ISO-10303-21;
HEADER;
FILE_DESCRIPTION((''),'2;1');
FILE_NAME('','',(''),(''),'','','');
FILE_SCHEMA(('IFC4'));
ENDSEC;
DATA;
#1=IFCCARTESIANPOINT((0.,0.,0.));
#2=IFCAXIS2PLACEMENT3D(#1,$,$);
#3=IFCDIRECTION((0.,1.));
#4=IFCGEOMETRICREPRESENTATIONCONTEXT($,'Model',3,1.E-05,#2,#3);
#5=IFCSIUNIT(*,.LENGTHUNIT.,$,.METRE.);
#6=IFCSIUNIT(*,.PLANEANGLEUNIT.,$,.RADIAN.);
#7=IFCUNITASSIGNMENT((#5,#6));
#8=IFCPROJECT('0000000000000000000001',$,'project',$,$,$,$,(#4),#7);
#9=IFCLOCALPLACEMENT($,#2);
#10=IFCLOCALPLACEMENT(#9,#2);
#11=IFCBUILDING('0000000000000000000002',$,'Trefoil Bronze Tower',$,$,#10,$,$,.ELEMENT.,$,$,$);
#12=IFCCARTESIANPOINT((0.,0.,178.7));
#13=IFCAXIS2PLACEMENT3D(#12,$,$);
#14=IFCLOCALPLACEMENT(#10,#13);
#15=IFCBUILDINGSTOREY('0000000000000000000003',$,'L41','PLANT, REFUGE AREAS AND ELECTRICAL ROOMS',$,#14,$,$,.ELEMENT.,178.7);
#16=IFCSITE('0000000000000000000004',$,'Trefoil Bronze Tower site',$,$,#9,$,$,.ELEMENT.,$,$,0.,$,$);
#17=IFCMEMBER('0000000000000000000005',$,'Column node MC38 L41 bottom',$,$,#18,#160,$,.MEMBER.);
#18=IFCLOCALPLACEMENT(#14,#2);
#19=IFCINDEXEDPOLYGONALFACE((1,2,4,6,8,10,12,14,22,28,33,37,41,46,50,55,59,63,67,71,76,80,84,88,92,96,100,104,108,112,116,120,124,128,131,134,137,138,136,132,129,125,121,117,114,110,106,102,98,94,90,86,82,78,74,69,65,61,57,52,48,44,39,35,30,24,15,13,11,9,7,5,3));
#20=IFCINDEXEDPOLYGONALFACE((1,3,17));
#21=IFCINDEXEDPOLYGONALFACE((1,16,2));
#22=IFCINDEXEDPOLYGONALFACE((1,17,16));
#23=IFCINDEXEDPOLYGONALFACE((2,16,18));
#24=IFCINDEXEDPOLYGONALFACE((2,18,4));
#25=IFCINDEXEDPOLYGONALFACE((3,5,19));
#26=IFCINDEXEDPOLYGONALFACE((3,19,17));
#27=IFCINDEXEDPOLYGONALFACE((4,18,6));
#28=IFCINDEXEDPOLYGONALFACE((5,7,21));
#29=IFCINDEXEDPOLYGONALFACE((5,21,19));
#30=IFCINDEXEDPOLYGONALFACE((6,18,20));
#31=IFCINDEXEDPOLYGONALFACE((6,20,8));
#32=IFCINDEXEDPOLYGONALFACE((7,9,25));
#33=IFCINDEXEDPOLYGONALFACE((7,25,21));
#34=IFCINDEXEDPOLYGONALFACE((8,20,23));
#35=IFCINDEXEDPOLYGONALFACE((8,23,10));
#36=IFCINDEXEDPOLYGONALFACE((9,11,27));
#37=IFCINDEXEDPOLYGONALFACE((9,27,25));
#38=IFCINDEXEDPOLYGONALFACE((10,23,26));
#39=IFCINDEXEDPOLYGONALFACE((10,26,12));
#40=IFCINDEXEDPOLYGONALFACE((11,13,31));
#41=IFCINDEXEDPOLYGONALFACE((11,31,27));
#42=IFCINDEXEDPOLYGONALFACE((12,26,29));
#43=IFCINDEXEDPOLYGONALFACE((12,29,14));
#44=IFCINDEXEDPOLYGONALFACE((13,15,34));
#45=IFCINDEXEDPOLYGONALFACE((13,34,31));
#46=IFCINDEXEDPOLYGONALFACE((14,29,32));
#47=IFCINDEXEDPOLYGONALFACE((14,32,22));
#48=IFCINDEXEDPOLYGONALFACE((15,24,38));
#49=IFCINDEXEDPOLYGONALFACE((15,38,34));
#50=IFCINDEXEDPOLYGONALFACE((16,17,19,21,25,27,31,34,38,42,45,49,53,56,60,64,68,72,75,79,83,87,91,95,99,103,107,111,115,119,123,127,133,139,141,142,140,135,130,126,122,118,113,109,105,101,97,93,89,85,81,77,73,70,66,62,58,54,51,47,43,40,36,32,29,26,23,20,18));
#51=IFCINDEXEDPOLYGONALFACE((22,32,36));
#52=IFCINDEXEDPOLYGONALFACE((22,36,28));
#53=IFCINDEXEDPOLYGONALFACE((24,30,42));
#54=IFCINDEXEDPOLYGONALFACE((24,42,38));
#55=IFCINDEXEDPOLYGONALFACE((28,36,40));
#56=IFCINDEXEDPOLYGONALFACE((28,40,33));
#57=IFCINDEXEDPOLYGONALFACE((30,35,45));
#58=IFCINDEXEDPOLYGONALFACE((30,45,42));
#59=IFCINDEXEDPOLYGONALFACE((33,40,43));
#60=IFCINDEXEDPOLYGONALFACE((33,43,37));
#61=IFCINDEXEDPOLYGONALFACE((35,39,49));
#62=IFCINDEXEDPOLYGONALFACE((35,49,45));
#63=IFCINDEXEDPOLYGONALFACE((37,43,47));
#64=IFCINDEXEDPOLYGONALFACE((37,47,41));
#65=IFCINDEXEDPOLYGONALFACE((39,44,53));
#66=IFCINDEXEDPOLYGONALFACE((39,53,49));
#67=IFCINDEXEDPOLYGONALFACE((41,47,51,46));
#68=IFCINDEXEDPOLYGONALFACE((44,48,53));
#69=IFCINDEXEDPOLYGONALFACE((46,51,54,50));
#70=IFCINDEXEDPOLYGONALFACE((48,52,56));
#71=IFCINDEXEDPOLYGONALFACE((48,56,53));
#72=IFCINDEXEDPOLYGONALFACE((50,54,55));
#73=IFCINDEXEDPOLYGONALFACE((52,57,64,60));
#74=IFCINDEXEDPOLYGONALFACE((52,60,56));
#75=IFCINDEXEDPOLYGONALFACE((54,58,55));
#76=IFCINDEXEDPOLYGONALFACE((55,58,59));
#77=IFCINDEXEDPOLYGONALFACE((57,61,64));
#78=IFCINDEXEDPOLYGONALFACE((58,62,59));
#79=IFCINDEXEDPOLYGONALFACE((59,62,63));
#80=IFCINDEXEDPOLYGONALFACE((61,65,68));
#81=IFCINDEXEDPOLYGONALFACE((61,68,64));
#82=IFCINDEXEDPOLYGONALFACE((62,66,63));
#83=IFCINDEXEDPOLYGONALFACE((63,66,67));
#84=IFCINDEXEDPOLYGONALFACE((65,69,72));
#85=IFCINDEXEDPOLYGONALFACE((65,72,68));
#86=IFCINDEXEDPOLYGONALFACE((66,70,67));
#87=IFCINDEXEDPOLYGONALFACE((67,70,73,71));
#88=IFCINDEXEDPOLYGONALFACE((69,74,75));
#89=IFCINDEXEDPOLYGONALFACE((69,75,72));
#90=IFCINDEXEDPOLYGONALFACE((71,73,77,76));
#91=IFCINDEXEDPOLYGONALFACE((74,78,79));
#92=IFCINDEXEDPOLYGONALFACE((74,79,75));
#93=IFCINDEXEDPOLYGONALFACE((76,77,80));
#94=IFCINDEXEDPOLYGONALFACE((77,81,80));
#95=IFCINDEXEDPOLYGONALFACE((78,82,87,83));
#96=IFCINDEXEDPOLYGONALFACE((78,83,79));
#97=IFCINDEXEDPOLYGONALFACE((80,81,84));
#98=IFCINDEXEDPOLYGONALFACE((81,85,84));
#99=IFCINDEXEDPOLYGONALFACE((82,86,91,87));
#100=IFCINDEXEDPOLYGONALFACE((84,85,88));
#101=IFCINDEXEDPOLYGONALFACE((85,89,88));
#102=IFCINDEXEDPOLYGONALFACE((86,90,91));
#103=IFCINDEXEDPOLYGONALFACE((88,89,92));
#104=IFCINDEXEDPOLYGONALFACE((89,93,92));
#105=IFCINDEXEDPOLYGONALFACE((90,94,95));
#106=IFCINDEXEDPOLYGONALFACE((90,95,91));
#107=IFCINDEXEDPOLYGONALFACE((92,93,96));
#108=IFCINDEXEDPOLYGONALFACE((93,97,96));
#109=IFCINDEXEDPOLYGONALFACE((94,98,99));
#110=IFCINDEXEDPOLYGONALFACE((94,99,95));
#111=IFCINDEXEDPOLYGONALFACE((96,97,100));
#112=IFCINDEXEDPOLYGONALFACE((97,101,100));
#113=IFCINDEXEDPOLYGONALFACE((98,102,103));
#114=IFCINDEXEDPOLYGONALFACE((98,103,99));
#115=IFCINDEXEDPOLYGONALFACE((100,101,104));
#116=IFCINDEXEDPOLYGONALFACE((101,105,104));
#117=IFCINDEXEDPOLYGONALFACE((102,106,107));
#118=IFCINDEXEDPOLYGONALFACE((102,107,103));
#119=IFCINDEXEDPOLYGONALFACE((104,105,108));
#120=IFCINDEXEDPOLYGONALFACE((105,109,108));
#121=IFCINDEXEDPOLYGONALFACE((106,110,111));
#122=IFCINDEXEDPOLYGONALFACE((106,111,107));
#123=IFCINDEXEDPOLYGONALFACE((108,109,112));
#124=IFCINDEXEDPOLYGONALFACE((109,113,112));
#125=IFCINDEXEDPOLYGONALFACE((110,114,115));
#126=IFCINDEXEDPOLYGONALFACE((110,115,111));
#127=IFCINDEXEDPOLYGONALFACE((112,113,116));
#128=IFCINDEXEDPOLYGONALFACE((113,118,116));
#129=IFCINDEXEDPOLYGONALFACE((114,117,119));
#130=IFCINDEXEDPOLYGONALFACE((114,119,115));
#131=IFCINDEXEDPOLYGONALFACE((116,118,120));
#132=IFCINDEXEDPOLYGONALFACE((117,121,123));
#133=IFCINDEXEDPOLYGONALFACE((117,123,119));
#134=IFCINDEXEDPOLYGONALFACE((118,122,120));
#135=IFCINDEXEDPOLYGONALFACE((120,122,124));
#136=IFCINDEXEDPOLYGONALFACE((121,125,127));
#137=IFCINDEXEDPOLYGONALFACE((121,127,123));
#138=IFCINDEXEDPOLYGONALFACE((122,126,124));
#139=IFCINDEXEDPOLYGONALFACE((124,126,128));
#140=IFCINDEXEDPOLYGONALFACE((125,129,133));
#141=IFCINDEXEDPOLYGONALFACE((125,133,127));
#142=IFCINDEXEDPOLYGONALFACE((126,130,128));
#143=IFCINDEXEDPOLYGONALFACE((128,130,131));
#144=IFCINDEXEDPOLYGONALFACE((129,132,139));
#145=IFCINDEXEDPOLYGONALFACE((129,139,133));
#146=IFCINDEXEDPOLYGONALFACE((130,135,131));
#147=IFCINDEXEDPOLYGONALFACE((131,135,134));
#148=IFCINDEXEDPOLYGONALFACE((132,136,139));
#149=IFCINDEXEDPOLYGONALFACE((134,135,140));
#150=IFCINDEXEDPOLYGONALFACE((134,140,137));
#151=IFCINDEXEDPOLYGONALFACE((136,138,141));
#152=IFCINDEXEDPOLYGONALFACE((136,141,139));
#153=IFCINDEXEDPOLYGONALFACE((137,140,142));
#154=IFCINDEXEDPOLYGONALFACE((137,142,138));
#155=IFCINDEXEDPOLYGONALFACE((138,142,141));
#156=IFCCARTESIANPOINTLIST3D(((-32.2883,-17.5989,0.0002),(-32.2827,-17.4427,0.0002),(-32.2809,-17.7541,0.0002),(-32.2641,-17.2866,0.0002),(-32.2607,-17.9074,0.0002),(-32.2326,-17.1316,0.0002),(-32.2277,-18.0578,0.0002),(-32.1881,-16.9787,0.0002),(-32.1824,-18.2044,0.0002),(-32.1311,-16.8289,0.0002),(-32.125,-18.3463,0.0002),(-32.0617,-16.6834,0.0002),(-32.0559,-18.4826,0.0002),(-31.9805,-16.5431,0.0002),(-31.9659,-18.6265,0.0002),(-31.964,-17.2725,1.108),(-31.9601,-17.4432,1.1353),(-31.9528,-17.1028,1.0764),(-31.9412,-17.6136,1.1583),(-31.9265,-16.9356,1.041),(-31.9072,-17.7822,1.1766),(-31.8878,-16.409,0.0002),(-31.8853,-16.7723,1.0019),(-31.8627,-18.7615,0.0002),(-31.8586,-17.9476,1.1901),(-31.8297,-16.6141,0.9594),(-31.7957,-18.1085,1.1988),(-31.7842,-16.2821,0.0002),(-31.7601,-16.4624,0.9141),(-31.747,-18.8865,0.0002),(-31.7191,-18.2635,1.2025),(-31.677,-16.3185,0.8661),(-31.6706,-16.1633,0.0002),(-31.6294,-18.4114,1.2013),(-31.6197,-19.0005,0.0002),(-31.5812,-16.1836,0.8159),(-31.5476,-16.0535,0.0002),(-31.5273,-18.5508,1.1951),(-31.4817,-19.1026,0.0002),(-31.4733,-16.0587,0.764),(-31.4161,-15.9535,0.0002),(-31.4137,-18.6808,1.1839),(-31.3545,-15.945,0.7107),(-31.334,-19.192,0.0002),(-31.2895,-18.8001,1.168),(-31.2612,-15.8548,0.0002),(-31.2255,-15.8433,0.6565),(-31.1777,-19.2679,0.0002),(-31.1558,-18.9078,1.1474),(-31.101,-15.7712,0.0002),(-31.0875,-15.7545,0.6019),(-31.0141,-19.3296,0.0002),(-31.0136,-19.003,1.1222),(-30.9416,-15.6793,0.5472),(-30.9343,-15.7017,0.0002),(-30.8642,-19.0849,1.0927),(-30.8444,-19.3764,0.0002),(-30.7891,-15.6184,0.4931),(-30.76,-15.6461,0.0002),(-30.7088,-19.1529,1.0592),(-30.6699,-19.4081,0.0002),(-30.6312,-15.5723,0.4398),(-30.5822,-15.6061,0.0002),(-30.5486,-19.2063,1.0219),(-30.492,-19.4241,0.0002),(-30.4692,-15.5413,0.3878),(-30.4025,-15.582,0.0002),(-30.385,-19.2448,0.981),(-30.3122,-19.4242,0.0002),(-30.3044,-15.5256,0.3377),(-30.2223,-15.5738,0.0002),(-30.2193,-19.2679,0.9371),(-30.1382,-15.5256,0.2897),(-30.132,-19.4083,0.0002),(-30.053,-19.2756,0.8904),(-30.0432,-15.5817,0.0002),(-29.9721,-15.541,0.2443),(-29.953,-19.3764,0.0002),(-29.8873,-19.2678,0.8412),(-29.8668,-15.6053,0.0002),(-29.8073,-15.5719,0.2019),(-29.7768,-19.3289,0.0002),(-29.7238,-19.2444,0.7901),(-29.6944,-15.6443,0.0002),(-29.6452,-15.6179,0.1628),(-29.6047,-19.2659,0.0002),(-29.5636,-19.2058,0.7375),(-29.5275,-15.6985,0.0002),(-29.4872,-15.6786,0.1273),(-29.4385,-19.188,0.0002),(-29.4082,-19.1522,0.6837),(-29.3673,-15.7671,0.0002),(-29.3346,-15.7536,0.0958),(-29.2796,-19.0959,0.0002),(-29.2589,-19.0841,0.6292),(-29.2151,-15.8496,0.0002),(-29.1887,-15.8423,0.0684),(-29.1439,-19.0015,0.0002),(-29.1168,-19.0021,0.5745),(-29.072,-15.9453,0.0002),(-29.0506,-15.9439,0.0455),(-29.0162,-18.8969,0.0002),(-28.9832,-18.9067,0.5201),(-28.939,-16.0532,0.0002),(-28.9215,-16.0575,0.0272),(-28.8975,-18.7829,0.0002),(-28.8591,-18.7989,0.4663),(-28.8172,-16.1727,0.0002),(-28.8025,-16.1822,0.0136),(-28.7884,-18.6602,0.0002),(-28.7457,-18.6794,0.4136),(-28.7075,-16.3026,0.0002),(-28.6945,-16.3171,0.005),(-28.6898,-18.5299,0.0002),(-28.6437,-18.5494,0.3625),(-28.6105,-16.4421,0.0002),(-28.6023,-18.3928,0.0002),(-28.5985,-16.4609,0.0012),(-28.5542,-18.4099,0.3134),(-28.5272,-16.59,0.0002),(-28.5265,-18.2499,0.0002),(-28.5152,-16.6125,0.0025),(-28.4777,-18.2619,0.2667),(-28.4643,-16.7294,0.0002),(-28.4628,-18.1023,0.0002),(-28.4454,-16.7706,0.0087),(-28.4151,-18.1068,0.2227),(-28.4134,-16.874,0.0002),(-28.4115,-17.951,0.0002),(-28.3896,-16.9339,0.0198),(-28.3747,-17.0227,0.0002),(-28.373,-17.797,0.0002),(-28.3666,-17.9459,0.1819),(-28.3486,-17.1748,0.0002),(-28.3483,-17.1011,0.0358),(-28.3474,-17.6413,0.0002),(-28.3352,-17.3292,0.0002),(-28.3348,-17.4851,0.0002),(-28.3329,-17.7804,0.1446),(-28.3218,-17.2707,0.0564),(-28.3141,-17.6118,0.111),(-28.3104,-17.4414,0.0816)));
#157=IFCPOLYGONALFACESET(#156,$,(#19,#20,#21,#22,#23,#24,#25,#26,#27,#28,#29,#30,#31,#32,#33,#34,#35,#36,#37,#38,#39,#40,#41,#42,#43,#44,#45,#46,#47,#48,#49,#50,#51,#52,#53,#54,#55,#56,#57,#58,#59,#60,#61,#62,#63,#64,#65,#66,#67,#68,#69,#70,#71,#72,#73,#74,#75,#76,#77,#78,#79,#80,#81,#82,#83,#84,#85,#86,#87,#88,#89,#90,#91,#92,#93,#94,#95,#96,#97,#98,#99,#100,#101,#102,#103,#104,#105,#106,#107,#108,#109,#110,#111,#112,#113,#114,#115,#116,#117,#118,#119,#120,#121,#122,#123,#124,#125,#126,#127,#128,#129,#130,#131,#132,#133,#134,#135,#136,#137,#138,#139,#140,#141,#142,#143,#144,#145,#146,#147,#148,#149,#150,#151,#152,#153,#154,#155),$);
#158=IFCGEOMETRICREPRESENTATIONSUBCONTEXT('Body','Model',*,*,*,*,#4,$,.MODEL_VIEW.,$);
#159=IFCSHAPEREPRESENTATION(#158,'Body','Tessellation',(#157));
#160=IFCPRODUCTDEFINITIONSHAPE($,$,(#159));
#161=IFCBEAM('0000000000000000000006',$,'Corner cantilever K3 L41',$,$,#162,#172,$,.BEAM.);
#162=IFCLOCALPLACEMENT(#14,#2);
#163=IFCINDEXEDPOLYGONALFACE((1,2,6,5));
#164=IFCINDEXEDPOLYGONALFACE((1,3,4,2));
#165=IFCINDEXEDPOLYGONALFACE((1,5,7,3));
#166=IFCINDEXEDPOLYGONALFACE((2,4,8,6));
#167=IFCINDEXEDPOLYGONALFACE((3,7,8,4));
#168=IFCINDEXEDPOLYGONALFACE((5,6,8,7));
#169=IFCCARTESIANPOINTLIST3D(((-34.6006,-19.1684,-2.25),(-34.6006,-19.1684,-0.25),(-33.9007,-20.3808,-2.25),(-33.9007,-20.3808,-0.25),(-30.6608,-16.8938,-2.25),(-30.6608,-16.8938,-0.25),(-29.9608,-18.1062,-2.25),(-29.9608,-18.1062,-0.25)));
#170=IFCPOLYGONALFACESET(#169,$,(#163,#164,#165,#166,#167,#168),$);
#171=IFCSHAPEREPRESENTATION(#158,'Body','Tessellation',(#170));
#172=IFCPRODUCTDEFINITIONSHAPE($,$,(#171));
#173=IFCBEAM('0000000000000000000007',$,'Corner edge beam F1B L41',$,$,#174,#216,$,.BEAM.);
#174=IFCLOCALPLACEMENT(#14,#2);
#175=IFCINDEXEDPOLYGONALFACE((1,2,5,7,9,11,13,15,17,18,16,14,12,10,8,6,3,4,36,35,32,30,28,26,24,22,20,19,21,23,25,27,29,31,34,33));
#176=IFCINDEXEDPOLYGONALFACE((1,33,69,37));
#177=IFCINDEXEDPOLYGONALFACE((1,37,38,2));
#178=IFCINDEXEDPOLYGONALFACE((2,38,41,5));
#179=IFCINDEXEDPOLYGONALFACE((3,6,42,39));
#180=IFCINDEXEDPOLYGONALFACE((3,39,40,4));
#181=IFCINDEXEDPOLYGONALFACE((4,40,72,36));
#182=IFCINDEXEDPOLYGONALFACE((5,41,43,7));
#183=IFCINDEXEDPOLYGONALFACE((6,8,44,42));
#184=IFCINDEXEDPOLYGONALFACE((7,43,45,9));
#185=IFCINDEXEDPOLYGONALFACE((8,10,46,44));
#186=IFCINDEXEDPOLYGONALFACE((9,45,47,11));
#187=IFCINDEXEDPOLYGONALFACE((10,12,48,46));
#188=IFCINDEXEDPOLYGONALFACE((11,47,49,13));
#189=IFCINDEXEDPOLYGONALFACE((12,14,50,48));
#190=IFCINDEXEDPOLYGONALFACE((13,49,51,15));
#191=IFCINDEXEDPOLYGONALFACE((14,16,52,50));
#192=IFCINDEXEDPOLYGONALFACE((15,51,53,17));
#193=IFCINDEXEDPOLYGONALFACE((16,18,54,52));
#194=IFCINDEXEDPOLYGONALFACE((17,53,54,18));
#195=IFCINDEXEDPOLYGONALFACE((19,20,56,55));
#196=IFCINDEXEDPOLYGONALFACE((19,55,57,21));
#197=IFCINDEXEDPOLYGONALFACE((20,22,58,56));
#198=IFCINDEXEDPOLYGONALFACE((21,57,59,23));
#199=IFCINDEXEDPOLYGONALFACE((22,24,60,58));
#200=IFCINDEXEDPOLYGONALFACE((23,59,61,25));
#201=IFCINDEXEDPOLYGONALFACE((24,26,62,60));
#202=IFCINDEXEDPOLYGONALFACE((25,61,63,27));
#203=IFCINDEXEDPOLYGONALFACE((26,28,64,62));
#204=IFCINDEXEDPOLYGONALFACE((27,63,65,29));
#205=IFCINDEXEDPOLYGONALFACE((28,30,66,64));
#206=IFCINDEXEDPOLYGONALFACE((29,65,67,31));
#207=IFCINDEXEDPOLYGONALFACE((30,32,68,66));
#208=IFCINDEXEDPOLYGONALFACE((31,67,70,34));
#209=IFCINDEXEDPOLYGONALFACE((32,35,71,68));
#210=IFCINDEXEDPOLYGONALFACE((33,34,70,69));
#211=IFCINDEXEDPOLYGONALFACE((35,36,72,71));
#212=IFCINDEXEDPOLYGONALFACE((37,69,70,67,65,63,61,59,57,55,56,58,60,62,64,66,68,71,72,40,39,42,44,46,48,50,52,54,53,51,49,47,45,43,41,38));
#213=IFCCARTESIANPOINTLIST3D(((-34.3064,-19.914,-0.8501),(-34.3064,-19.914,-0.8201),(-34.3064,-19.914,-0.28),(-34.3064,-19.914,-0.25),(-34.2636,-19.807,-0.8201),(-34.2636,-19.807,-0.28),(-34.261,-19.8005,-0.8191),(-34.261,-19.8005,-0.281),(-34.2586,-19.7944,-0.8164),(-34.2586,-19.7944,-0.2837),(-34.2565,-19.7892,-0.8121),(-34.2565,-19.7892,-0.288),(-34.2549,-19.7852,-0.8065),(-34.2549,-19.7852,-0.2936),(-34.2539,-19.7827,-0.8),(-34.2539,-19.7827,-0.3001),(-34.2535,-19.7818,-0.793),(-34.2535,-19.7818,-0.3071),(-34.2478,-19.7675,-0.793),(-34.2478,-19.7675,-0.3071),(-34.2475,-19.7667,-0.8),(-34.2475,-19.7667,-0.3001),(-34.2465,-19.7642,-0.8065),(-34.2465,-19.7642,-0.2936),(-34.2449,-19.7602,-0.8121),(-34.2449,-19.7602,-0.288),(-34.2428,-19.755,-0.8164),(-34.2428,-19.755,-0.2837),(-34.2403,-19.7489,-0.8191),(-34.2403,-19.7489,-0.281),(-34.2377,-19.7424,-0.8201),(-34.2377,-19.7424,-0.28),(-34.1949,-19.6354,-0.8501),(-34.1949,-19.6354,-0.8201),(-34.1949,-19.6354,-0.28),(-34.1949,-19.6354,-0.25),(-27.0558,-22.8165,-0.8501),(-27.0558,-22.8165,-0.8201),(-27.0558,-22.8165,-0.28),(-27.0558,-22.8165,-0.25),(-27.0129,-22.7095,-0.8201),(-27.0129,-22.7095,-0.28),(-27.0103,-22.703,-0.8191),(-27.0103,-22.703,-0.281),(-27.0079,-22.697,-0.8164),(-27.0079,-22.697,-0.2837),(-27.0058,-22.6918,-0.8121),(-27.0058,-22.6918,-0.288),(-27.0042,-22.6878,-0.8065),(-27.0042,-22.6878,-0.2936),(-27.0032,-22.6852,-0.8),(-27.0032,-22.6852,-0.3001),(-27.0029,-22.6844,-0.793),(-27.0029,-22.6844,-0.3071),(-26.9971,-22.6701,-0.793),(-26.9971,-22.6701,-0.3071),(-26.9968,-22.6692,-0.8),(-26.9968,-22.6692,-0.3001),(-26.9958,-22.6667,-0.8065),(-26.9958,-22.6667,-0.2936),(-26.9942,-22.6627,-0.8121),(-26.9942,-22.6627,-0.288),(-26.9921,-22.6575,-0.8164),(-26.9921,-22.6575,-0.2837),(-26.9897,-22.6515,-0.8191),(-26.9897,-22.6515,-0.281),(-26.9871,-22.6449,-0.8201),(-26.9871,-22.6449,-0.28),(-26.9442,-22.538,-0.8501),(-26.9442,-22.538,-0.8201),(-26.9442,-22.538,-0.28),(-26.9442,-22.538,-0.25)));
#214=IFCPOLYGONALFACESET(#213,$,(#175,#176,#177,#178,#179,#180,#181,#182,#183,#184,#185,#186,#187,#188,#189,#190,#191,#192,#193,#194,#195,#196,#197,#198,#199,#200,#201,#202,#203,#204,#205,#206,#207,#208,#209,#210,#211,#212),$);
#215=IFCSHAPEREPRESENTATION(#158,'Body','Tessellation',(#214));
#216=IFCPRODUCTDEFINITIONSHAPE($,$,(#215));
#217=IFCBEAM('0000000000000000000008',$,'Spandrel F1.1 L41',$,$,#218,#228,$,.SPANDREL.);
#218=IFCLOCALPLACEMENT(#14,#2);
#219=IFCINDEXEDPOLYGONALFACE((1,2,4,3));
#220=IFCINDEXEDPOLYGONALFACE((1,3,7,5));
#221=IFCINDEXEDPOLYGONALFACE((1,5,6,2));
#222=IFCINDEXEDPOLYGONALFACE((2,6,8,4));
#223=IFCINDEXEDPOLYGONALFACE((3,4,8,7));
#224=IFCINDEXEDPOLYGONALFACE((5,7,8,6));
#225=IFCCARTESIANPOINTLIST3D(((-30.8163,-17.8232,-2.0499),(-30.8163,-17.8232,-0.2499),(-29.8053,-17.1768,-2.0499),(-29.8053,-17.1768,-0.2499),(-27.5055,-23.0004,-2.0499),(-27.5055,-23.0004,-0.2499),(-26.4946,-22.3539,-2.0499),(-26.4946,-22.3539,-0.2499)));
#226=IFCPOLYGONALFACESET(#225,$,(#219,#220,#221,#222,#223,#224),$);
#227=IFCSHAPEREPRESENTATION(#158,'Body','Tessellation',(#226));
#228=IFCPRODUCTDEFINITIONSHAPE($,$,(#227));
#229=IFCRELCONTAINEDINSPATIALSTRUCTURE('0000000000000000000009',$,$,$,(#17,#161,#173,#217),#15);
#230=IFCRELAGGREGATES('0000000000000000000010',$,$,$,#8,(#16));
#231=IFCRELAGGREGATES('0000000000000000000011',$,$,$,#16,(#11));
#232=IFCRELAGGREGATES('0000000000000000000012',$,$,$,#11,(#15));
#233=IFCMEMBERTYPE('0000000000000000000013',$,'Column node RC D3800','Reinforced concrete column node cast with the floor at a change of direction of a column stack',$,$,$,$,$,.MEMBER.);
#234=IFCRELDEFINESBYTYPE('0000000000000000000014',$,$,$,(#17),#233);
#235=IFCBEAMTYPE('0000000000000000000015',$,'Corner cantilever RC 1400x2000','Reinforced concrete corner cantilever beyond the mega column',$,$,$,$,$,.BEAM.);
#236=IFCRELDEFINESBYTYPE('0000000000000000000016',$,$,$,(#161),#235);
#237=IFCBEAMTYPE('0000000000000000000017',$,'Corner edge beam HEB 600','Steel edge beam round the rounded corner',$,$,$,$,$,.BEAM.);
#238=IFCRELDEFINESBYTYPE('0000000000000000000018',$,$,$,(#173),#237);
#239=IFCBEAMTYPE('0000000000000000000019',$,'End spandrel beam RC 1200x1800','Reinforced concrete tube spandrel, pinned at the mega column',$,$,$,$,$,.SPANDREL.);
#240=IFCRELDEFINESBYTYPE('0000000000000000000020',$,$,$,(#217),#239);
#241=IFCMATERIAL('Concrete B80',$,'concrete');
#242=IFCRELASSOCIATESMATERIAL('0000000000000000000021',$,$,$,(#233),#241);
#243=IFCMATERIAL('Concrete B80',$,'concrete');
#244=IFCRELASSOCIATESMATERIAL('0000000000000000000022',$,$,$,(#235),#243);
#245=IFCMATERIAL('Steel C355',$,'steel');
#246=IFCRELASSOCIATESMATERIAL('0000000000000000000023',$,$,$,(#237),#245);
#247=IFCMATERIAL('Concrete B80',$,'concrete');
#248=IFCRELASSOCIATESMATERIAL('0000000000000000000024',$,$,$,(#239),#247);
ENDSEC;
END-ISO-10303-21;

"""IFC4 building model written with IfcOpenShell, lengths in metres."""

from ifc_helpers import new_model, si_unit, direction, frame, origin, origin_2d, place, context, subcontext, project, spatial, rectangle, circle, i_section, extrude, clip, halfspace, material, material_profile, profile_set, type_object, element, save


model = new_model("IFC4")

# Units and contexts
model_context = context("Model", 3, precision=1e-05, world=origin(), true_north=direction((0.0, 1.0)))
body_context = subcontext(model_context, "Body", "Model", "MODEL_VIEW")
ifc_project = project(units=[si_unit("LENGTHUNIT", "METRE"), si_unit("PLANEANGLEUNIT", "RADIAN")], contexts=[model_context])

# Site, building, storey
site_placement = place(None, origin())
site = spatial("IfcSite", under=ifc_project, at=site_placement, Name="Trefoil Bronze Tower site", CompositionType="ELEMENT", RefElevation=0.0)
building_placement = place(site_placement, origin())
building = spatial("IfcBuilding", under=site, at=building_placement, Name="Trefoil Bronze Tower", CompositionType="ELEMENT")
storey_placement = place(building_placement, frame((0.0, 0.0, 178.7)))
storey = spatial("IfcBuildingStorey", under=building, at=storey_placement, Name="L41", Description="PLANT, REFUGE AREAS AND ELECTRICAL ROOMS", CompositionType="ELEMENT", Elevation=178.7)

# Member
ifc_material_1 = material(Name="Concrete B80", Category="concrete")
ifc_material_profile_1 = material_profile(ifc_material_1, circle(Radius=1.8999, at=origin_2d()), Name="RC D3800")
ifc_profile_set_1 = profile_set([ifc_material_profile_1], Name="Concrete B80")
member_type = type_object("IfcMemberType", Name="Column node RC D3800", Description="Reinforced concrete column node cast with the floor at a change of direction of a column stack", PredefinedType="MEMBER", material=ifc_profile_set_1)
member_placement = place(storey_placement, frame((-30.4846, -17.6003, -0.6018), z_axis=(0.273829, 0.158178, 0.948682), x_axis=(-0.500196, 0.865912, 0.0)))
element("IfcMember", 1, at=member_placement, inside=storey, type_object=member_type, Name="Column node MC38 L41 bottom", PredefinedType="MEMBER", context=body_context, shape_type="Clipping", body=[
    clip(extrude(circle(Radius=1.8999, at=origin_2d()), origin(), (0.0, 0.0, 1.0), 1.2688), halfspace(frame((0.0, 0.0, 0.6345), z_axis=(0.0, 0.316231, 0.948682), x_axis=(0.0, 0.948682, -0.316231)), True)),
])

# Beams
ifc_material_2 = material(Name="Concrete B80", Category="concrete")
ifc_material_profile_2 = material_profile(ifc_material_2, rectangle(XDim=1.3999, YDim=2.0, at=origin_2d()), Name="RC 1400x2000")
ifc_profile_set_2 = profile_set([ifc_material_profile_2], Name="Concrete B80")
beam_type_1 = type_object("IfcBeamType", Name="Corner cantilever RC 1400x2000", Description="Reinforced concrete corner cantilever beyond the mega column", PredefinedType="BEAM", material=ifc_profile_set_2)
beam_1_placement = place(storey_placement, frame((-30.3108, -17.5, -1.25), z_axis=(-0.866032, -0.499989, 0.0), x_axis=(0.499989, -0.866032, 0.0)))
element("IfcBeam", 2, at=beam_1_placement, inside=storey, type_object=beam_type_1, Name="Corner cantilever K3 L41", PredefinedType="BEAM", context=body_context, shape_type="SweptSolid", body=[
    extrude(rectangle(XDim=1.3999, YDim=2.0, at=origin_2d()), origin(), (0.0, 0.0, 1.0), 4.5493),
])
ifc_material_3 = material(Name="Steel C355", Category="steel")
ifc_material_profile_3 = material_profile(ifc_material_3, i_section(OverallWidth=0.3, OverallDepth=0.6001, WebThickness=0.0154, FlangeThickness=0.03, FilletRadius=0.0271, at=origin_2d()), Name="HEB 600")
ifc_profile_set_3 = profile_set([ifc_material_profile_3], Name="Steel C355")
beam_type_2 = type_object("IfcBeamType", Name="Corner edge beam HEB 600", Description="Steel edge beam round the rounded corner", PredefinedType="BEAM", material=ifc_profile_set_3)
beam_2_placement = place(storey_placement, frame((-27.0, -22.6772, -0.55), z_axis=(-0.928375, 0.371644, 0.0), x_axis=(-0.371644, -0.928375, 0.0)))
element("IfcBeam", 3, at=beam_2_placement, inside=storey, type_object=beam_type_2, Name="Corner edge beam F1B L41", PredefinedType="BEAM", context=body_context, shape_type="SweptSolid", body=[
    extrude(i_section(OverallWidth=0.3, OverallDepth=0.6001, WebThickness=0.0154, FlangeThickness=0.03, FilletRadius=0.0271, at=origin_2d()), origin(), (0.0, 0.0, 1.0), 7.8101),
])
ifc_material_4 = material(Name="Concrete B80", Category="concrete")
ifc_material_profile_4 = material_profile(ifc_material_4, rectangle(XDim=1.2, YDim=1.8, at=origin_2d()), Name="RC 1200x1800")
ifc_profile_set_4 = profile_set([ifc_material_profile_4], Name="Concrete B80")
beam_type_3 = type_object("IfcBeamType", Name="End spandrel beam RC 1200x1800", Description="Reinforced concrete tube spandrel, pinned at the mega column", PredefinedType="SPANDREL", material=ifc_profile_set_4)
beam_3_placement = place(storey_placement, frame((-30.3108, -17.5, -1.1499), z_axis=(0.538748, -0.842467, 0.0), x_axis=(0.842467, 0.538748, 0.0)))
element("IfcBeam", 4, at=beam_3_placement, inside=storey, type_object=beam_type_3, Name="Spandrel F1.1 L41", PredefinedType="SPANDREL", context=body_context, shape_type="SweptSolid", body=[
    extrude(rectangle(XDim=1.2, YDim=1.8, at=origin_2d()), origin(), (0.0, 0.0, 1.0), 6.1453),
])

save(model, "model.ifc")
